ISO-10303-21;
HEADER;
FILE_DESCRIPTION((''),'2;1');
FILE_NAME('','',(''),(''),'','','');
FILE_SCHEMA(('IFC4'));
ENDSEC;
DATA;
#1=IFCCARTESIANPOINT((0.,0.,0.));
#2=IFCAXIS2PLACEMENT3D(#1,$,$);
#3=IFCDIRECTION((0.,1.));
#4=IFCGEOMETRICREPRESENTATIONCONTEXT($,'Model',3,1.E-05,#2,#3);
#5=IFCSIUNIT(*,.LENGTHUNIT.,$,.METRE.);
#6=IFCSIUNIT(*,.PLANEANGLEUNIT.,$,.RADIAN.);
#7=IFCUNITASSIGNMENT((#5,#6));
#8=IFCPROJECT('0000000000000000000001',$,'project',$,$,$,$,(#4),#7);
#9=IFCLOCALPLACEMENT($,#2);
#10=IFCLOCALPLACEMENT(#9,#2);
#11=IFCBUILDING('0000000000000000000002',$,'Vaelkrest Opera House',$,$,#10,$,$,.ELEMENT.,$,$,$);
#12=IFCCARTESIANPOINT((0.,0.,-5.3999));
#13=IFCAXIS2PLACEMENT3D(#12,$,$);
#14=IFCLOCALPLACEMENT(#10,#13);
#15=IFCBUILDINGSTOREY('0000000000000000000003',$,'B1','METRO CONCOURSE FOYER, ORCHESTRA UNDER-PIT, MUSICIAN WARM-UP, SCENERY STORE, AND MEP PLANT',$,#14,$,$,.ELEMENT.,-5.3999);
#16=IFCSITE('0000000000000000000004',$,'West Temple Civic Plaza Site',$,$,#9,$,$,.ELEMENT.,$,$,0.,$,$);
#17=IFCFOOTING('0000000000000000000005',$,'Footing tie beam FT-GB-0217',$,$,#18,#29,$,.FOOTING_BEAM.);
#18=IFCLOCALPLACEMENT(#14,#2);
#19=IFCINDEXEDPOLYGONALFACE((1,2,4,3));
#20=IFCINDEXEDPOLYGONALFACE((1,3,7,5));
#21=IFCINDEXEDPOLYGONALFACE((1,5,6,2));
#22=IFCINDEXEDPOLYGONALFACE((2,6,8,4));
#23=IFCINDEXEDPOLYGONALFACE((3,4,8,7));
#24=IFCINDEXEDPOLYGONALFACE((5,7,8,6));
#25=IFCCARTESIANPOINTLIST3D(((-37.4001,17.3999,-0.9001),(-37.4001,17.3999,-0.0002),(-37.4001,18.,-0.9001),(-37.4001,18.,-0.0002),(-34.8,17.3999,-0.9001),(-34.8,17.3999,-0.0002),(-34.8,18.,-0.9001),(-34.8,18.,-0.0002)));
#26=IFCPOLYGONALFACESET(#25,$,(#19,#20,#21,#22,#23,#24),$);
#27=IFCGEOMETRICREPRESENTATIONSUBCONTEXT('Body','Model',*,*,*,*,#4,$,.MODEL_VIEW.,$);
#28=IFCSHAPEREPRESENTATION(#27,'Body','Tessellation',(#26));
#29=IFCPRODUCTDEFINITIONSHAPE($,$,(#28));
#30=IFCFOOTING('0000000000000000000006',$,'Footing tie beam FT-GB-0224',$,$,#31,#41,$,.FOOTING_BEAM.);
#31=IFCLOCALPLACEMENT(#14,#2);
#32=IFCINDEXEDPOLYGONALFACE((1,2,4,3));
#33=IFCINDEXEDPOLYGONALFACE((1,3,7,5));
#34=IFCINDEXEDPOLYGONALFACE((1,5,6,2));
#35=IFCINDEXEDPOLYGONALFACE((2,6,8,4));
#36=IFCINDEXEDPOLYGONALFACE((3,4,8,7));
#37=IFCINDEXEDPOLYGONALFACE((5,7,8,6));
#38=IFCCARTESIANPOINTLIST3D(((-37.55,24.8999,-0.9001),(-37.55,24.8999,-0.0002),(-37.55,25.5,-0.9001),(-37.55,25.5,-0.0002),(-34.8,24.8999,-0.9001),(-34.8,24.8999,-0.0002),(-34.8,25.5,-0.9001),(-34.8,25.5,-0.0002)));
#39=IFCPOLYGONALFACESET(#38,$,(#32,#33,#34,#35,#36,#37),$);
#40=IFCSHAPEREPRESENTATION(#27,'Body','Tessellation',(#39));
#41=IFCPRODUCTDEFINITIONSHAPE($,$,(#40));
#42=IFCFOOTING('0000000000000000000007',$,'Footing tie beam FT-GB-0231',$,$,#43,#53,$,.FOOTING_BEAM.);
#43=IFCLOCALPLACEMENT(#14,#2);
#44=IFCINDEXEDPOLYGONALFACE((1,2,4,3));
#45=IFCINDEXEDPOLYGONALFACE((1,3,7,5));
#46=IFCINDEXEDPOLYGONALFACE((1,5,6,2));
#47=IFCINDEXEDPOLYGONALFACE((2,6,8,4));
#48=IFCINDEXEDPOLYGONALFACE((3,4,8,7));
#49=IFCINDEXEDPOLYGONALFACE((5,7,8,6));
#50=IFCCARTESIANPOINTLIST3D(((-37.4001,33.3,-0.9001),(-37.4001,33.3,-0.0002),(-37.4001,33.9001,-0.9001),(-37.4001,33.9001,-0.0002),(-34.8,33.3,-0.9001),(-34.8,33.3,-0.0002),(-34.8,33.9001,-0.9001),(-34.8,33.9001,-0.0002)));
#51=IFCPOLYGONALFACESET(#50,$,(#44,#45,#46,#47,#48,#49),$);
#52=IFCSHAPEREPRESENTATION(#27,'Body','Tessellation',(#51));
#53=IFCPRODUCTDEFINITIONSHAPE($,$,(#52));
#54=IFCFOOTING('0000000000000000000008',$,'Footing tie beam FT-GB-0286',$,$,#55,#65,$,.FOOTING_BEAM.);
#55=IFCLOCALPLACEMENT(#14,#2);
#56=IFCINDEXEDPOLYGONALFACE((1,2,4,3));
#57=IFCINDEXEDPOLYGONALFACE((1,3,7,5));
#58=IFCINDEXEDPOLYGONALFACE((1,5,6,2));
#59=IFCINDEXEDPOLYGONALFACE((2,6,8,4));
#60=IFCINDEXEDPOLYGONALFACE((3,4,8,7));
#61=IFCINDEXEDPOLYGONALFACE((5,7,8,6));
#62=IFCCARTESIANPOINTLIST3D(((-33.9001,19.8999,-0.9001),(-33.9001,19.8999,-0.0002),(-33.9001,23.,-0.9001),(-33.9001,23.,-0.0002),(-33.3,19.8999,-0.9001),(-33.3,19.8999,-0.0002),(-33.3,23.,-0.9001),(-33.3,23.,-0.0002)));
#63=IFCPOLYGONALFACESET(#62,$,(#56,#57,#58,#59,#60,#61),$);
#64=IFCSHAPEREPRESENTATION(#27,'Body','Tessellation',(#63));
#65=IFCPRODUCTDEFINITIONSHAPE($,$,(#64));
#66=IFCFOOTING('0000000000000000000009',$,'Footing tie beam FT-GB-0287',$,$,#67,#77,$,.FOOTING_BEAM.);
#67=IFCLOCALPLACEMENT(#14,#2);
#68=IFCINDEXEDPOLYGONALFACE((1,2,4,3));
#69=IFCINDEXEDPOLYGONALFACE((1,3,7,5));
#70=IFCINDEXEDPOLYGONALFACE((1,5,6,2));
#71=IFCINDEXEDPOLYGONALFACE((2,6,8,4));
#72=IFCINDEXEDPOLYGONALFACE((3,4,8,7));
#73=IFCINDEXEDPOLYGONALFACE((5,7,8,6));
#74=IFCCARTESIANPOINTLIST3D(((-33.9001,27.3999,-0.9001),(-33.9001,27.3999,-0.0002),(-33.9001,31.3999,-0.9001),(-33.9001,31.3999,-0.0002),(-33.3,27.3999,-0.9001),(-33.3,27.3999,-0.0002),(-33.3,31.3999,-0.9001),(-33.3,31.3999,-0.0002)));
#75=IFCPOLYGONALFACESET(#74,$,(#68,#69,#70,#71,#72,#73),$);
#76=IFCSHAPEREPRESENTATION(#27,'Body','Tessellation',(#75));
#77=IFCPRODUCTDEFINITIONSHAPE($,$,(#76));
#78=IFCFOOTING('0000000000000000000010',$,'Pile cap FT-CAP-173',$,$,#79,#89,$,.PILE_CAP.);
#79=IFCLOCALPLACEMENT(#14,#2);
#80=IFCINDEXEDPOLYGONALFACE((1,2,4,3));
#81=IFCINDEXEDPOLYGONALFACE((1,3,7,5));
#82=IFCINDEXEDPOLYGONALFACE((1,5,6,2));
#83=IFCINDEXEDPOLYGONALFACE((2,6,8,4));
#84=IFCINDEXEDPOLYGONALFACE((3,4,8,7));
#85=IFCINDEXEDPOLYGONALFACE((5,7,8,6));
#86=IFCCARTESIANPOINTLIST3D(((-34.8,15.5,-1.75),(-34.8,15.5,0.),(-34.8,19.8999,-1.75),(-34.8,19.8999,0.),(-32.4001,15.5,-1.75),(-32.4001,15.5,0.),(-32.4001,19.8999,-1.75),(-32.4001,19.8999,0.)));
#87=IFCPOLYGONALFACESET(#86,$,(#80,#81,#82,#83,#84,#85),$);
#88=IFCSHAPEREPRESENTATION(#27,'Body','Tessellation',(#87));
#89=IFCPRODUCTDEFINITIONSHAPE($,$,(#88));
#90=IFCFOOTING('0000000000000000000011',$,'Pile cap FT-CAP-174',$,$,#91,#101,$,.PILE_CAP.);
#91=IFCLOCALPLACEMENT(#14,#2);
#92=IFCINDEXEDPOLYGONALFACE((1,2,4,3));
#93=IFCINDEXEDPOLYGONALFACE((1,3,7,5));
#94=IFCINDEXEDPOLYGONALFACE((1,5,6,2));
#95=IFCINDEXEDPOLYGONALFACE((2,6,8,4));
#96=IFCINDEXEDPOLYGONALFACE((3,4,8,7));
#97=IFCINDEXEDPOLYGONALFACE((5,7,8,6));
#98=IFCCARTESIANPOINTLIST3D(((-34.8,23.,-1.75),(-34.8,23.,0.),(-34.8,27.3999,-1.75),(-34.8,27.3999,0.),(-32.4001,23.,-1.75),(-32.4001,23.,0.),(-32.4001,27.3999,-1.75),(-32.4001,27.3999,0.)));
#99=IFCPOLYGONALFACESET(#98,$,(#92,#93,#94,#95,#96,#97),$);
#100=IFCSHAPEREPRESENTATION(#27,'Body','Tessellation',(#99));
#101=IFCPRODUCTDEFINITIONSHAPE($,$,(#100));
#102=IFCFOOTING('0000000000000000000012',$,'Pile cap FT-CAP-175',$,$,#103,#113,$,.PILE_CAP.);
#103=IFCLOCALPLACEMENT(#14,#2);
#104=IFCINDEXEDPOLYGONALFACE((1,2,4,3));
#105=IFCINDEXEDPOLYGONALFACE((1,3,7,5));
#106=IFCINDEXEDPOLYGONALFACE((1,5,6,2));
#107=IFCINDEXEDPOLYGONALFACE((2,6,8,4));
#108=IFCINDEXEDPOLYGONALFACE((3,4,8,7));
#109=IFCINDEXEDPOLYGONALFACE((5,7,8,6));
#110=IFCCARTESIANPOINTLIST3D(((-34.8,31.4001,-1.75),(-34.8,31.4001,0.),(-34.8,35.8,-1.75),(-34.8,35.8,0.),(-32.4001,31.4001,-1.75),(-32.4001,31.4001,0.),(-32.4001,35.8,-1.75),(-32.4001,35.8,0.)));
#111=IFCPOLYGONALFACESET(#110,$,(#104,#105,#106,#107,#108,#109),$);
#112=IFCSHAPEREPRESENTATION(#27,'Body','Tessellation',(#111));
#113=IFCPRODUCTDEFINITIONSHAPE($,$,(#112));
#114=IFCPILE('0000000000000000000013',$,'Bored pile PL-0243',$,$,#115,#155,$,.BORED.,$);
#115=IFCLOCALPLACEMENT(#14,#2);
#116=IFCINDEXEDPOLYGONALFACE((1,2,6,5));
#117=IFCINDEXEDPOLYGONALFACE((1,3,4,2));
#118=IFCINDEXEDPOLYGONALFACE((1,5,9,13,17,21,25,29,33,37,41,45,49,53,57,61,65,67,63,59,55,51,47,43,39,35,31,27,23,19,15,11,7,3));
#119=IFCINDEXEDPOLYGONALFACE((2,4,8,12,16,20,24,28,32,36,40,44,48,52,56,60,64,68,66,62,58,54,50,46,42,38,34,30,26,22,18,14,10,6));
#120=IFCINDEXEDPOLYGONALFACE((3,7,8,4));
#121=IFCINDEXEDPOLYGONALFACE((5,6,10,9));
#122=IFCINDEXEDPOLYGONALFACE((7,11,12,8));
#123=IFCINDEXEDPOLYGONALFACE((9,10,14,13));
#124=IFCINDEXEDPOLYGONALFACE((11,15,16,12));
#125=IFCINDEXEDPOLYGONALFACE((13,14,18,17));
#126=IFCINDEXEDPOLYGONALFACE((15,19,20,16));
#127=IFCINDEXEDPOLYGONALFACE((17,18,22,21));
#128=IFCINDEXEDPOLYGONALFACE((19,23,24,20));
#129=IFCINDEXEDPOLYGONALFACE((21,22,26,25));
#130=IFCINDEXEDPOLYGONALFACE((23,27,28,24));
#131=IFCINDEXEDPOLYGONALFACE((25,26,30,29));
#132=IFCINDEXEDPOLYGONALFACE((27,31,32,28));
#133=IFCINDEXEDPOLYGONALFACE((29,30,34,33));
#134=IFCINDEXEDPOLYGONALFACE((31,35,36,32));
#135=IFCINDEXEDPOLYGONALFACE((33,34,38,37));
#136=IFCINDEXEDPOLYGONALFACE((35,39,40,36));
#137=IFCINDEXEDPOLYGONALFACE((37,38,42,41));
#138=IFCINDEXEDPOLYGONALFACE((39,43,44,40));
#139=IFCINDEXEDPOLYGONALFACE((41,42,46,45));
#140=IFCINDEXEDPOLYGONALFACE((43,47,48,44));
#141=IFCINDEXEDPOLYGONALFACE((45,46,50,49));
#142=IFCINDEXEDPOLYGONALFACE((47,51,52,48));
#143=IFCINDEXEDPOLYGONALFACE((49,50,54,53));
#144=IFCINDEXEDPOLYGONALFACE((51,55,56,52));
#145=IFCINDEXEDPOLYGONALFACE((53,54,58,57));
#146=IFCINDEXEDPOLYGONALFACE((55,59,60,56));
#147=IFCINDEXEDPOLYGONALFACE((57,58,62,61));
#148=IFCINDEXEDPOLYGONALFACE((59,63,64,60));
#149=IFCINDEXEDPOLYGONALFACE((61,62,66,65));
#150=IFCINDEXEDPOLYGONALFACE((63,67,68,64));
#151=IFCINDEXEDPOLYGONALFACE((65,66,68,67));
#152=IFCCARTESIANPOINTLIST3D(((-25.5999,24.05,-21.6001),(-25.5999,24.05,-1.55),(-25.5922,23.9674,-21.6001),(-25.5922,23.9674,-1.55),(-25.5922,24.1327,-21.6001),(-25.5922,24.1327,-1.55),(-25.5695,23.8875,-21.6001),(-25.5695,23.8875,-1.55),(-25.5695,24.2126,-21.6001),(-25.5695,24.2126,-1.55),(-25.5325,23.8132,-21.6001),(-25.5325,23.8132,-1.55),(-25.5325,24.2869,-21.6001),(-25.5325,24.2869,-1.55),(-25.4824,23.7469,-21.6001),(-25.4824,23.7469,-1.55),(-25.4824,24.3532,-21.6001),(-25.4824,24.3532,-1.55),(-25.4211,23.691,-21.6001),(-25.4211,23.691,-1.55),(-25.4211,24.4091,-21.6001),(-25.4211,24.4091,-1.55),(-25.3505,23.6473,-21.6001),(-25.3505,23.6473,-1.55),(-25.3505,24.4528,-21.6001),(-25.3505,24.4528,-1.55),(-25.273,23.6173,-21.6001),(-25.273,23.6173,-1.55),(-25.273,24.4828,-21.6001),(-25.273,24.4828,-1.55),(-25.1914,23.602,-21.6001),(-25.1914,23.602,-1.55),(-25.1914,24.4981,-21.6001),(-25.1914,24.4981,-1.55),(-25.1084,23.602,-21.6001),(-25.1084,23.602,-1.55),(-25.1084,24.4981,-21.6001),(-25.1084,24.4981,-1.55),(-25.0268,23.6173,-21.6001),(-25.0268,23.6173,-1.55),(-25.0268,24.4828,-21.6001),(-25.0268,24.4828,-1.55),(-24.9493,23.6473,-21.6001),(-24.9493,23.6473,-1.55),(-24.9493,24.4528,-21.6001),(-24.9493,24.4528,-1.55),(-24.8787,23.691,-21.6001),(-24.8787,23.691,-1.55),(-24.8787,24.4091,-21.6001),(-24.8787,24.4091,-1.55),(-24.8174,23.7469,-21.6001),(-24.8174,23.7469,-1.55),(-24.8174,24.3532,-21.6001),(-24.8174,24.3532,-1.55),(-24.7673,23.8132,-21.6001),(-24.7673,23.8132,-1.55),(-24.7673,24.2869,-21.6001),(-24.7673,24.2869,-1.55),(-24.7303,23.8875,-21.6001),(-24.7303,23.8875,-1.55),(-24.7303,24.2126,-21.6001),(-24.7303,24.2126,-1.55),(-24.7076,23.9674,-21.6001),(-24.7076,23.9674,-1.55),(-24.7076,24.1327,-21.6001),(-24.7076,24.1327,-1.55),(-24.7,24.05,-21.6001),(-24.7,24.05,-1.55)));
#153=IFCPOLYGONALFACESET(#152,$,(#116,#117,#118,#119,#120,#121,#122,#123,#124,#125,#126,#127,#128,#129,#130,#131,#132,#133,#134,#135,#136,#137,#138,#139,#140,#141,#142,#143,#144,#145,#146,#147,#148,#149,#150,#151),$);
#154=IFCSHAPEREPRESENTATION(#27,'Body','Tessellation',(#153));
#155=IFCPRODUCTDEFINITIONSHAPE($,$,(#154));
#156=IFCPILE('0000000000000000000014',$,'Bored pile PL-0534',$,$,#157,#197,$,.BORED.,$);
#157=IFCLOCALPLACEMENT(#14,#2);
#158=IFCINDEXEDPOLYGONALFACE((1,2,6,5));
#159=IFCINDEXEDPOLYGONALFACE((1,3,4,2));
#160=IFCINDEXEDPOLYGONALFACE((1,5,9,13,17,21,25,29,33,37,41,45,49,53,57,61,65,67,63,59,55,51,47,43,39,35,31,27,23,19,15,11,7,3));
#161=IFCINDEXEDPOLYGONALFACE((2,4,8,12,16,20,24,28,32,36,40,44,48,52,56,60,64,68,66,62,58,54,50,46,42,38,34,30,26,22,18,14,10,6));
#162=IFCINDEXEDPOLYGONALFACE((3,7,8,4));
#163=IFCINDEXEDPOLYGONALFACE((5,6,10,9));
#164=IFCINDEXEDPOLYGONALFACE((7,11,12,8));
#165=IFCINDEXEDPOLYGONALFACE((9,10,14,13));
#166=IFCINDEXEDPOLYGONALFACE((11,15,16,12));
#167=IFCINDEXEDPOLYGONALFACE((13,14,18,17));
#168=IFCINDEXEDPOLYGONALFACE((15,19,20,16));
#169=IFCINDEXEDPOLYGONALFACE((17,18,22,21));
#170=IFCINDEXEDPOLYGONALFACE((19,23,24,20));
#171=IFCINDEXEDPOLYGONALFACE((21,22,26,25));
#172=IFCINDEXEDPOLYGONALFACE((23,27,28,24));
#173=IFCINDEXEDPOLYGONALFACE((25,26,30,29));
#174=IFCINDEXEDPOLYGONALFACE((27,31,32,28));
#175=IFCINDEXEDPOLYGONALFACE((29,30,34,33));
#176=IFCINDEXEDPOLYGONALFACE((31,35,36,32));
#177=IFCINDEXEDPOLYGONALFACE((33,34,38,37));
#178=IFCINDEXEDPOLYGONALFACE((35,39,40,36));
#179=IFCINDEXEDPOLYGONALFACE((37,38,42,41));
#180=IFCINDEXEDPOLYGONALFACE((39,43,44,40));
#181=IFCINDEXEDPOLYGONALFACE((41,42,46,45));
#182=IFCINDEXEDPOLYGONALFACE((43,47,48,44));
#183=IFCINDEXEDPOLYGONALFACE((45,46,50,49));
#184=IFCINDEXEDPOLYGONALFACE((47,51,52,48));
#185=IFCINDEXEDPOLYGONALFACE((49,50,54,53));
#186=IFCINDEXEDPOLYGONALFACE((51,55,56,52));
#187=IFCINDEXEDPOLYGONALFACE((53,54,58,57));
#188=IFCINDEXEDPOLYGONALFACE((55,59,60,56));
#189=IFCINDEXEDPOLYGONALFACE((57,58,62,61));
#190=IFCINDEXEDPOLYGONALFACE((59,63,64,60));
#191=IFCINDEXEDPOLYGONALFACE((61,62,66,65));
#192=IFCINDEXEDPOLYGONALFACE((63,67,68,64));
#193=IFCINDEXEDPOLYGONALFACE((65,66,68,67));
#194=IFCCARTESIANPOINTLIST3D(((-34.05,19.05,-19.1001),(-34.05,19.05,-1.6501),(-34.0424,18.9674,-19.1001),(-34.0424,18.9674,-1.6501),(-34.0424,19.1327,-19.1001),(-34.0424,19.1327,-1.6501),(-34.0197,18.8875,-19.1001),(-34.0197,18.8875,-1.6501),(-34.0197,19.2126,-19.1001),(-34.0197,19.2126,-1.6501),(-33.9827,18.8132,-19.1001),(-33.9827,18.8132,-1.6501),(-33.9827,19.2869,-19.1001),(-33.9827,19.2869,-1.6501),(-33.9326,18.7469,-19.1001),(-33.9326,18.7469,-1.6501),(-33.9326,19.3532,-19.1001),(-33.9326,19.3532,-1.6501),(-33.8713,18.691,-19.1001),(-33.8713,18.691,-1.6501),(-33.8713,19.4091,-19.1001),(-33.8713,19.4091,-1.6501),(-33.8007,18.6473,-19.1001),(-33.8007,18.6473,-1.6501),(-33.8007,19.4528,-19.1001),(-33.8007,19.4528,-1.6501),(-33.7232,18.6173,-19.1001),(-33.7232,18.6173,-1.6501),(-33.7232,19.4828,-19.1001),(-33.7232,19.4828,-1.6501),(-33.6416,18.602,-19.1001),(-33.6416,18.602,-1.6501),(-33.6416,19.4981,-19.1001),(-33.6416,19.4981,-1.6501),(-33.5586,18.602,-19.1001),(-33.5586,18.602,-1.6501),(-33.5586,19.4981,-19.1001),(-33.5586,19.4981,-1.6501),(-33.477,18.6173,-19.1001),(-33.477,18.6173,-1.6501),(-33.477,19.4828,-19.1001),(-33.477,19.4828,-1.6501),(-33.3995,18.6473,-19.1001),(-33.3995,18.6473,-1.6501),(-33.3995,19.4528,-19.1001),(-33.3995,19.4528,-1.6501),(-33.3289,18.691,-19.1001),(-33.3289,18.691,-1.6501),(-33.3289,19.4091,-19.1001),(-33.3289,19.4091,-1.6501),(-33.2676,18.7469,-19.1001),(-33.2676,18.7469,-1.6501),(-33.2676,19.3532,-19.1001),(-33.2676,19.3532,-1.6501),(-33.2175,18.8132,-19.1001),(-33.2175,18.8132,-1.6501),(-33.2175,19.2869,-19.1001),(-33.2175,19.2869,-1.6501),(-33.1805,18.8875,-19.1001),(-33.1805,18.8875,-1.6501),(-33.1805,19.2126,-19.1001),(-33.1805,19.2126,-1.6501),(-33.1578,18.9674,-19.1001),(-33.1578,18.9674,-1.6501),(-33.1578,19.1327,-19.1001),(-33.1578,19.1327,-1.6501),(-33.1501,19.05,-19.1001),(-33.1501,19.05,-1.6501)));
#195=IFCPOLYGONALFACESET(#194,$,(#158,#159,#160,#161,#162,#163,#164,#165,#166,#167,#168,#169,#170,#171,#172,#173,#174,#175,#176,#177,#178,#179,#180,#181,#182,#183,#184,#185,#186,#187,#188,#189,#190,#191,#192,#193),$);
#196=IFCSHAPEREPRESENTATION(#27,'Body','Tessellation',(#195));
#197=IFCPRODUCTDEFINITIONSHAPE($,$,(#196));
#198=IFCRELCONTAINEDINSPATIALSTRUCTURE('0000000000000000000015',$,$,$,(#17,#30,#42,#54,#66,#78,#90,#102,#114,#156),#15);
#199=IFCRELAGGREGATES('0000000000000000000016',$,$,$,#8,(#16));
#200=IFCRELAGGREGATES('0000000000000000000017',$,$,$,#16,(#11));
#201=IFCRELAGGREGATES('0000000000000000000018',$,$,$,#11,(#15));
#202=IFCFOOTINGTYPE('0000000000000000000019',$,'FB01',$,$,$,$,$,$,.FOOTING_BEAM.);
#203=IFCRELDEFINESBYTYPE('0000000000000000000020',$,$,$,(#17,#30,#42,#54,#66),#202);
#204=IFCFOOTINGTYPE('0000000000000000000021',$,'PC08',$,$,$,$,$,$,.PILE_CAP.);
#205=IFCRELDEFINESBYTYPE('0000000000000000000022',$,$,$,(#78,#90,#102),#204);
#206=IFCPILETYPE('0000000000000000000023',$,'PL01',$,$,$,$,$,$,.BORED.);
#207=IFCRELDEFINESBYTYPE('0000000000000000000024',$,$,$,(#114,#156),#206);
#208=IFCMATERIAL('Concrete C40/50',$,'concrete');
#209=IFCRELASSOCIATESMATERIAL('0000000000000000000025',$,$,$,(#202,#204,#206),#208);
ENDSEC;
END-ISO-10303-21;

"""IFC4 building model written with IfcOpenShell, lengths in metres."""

from ifc_helpers import new_model, si_unit, direction, frame, origin, origin_2d, place, context, subcontext, project, spatial, rectangle, circle, extrude, material, material_profile, profile_set, type_object, element, save


model = new_model("IFC4")

# Units and contexts
model_context = context("Model", 3, precision=1e-05, world=origin(), true_north=direction((0.0, 1.0)))
body_context = subcontext(model_context, "Body", "Model", "MODEL_VIEW")
ifc_project = project(units=[si_unit("LENGTHUNIT", "METRE"), si_unit("PLANEANGLEUNIT", "RADIAN")], contexts=[model_context])

# Site, building, storey
site_placement = place(None, origin())
site = spatial("IfcSite", under=ifc_project, at=site_placement, Name="West Temple Civic Plaza Site", CompositionType="ELEMENT", RefElevation=0.0)
building_placement = place(site_placement, origin())
building = spatial("IfcBuilding", under=site, at=building_placement, Name="Vaelkrest Opera House", CompositionType="ELEMENT")
storey_placement = place(building_placement, frame((0.0, 0.0, -5.3999)))
storey = spatial("IfcBuildingStorey", under=building, at=storey_placement, Name="B1", Description="METRO CONCOURSE FOYER, ORCHESTRA UNDER-PIT, MUSICIAN WARM-UP, SCENERY STORE, AND MEP PLANT", CompositionType="ELEMENT", Elevation=-5.3999)

# Footings
ifc_material_1 = material(Name="Concrete C40/50", Category="concrete")
footing_type_1 = type_object("IfcFootingType", Name="FB01", PredefinedType="FOOTING_BEAM", material=ifc_material_1)
footing_1_placement = place(storey_placement, frame((-36.1001, 17.7, -0.9001), z_axis=(0.0, 0.0, 1.0), x_axis=(1.0, 0.0, 0.0)))
element("IfcFooting", 1, at=footing_1_placement, inside=storey, type_object=footing_type_1, Name="Footing tie beam FT-GB-0217", PredefinedType="FOOTING_BEAM", context=body_context, shape_type="SweptSolid", body=[
    extrude(rectangle(XDim=2.6001, YDim=0.6001, at=origin_2d()), origin(), (0.0, 0.0, 1.0), 0.8999),
])
footing_2_placement = place(storey_placement, frame((-36.175, 25.2, -0.9001), z_axis=(0.0, 0.0, 1.0), x_axis=(1.0, 0.0, 0.0)))
element("IfcFooting", 2, at=footing_2_placement, inside=storey, type_object=footing_type_1, Name="Footing tie beam FT-GB-0224", PredefinedType="FOOTING_BEAM", context=body_context, shape_type="SweptSolid", body=[
    extrude(rectangle(XDim=2.75, YDim=0.6001, at=origin_2d()), origin(), (0.0, 0.0, 1.0), 0.8999),
])
footing_3_placement = place(storey_placement, frame((-36.1001, 33.6001, -0.9001), z_axis=(0.0, 0.0, 1.0), x_axis=(1.0, 0.0, 0.0)))
element("IfcFooting", 3, at=footing_3_placement, inside=storey, type_object=footing_type_1, Name="Footing tie beam FT-GB-0231", PredefinedType="FOOTING_BEAM", context=body_context, shape_type="SweptSolid", body=[
    extrude(rectangle(XDim=2.6001, YDim=0.6001, at=origin_2d()), origin(), (0.0, 0.0, 1.0), 0.8999),
])
footing_4_placement = place(storey_placement, frame((-33.6001, 21.45, -0.9001), z_axis=(0.0, 0.0, 1.0), x_axis=(0.0, 1.0, 0.0)))
element("IfcFooting", 4, at=footing_4_placement, inside=storey, type_object=footing_type_1, Name="Footing tie beam FT-GB-0286", PredefinedType="FOOTING_BEAM", context=body_context, shape_type="SweptSolid", body=[
    extrude(rectangle(XDim=3.1001, YDim=0.6001, at=origin_2d()), origin(), (0.0, 0.0, 1.0), 0.8999),
])
footing_5_placement = place(storey_placement, frame((-33.6001, 29.3999, -0.9001), z_axis=(0.0, 0.0, 1.0), x_axis=(0.0, 1.0, 0.0)))
element("IfcFooting", 5, at=footing_5_placement, inside=storey, type_object=footing_type_1, Name="Footing tie beam FT-GB-0287", PredefinedType="FOOTING_BEAM", context=body_context, shape_type="SweptSolid", body=[
    extrude(rectangle(XDim=4.0, YDim=0.6001, at=origin_2d()), origin(), (0.0, 0.0, 1.0), 0.8999),
])
footing_type_2 = type_object("IfcFootingType", Name="PC08", PredefinedType="PILE_CAP", material=ifc_material_1)
for number, where, z_axis, x_axis, name in (
    (6, (-33.6001, 17.7, -1.75), (0.0, 0.0, 1.0), (1.0, 0.0, 0.0), "Pile cap FT-CAP-173"),
    (7, (-33.6001, 25.2, -1.75), (0.0, 0.0, 1.0), (1.0, 0.0, 0.0), "Pile cap FT-CAP-174"),
    (8, (-33.6001, 33.6001, -1.75), (0.0, 0.0, 1.0), (1.0, 0.0, 0.0), "Pile cap FT-CAP-175"),
):
    element("IfcFooting", number, at=place(storey_placement, frame(where, z_axis=z_axis, x_axis=x_axis)), inside=storey, type_object=footing_type_2, Name=name, PredefinedType="PILE_CAP", context=body_context, shape_type="SweptSolid", body=[
        extrude(rectangle(XDim=2.3999, YDim=4.3999, at=origin_2d()), origin(), (0.0, 0.0, 1.0), 1.75),
    ])

# Piles
ifc_material_profile_1 = material_profile(ifc_material_1, circle(Radius=0.45, at=origin_2d()), Name="PILE900")
ifc_profile_set_1 = profile_set([ifc_material_profile_1], Name="Concrete C40/50")
pile_type_1 = type_object("IfcPileType", Name="PL01", PredefinedType="BORED", material=ifc_profile_set_1)
pile_1_placement = place(storey_placement, frame((-25.1499, 24.05, -1.55), z_axis=(0.0, 0.0, -1.0), x_axis=(1.0, 0.0, 0.0)))
element("IfcPile", 9, at=pile_1_placement, inside=storey, type_object=pile_type_1, Name="Bored pile PL-0243", PredefinedType="BORED", context=body_context, shape_type="SweptSolid", body=[
    extrude(circle(Radius=0.45, at=origin_2d()), origin(), (0.0, 0.0, 1.0), 20.05),
])
for number, where, z_axis, x_axis, name in (
    (10, (-33.6001, 19.05, -1.6501), (0.0, 0.0, -1.0), (1.0, 0.0, 0.0), "Bored pile PL-0534"),
):
    element("IfcPile", number, at=place(storey_placement, frame(where, z_axis=z_axis, x_axis=x_axis)), inside=storey, type_object=pile_type_1, Name=name, PredefinedType="BORED", context=body_context, shape_type="SweptSolid", body=[
        extrude(circle(Radius=0.45, at=origin_2d()), origin(), (0.0, 0.0, 1.0), 17.45),
    ])

save(model, "model.ifc")
